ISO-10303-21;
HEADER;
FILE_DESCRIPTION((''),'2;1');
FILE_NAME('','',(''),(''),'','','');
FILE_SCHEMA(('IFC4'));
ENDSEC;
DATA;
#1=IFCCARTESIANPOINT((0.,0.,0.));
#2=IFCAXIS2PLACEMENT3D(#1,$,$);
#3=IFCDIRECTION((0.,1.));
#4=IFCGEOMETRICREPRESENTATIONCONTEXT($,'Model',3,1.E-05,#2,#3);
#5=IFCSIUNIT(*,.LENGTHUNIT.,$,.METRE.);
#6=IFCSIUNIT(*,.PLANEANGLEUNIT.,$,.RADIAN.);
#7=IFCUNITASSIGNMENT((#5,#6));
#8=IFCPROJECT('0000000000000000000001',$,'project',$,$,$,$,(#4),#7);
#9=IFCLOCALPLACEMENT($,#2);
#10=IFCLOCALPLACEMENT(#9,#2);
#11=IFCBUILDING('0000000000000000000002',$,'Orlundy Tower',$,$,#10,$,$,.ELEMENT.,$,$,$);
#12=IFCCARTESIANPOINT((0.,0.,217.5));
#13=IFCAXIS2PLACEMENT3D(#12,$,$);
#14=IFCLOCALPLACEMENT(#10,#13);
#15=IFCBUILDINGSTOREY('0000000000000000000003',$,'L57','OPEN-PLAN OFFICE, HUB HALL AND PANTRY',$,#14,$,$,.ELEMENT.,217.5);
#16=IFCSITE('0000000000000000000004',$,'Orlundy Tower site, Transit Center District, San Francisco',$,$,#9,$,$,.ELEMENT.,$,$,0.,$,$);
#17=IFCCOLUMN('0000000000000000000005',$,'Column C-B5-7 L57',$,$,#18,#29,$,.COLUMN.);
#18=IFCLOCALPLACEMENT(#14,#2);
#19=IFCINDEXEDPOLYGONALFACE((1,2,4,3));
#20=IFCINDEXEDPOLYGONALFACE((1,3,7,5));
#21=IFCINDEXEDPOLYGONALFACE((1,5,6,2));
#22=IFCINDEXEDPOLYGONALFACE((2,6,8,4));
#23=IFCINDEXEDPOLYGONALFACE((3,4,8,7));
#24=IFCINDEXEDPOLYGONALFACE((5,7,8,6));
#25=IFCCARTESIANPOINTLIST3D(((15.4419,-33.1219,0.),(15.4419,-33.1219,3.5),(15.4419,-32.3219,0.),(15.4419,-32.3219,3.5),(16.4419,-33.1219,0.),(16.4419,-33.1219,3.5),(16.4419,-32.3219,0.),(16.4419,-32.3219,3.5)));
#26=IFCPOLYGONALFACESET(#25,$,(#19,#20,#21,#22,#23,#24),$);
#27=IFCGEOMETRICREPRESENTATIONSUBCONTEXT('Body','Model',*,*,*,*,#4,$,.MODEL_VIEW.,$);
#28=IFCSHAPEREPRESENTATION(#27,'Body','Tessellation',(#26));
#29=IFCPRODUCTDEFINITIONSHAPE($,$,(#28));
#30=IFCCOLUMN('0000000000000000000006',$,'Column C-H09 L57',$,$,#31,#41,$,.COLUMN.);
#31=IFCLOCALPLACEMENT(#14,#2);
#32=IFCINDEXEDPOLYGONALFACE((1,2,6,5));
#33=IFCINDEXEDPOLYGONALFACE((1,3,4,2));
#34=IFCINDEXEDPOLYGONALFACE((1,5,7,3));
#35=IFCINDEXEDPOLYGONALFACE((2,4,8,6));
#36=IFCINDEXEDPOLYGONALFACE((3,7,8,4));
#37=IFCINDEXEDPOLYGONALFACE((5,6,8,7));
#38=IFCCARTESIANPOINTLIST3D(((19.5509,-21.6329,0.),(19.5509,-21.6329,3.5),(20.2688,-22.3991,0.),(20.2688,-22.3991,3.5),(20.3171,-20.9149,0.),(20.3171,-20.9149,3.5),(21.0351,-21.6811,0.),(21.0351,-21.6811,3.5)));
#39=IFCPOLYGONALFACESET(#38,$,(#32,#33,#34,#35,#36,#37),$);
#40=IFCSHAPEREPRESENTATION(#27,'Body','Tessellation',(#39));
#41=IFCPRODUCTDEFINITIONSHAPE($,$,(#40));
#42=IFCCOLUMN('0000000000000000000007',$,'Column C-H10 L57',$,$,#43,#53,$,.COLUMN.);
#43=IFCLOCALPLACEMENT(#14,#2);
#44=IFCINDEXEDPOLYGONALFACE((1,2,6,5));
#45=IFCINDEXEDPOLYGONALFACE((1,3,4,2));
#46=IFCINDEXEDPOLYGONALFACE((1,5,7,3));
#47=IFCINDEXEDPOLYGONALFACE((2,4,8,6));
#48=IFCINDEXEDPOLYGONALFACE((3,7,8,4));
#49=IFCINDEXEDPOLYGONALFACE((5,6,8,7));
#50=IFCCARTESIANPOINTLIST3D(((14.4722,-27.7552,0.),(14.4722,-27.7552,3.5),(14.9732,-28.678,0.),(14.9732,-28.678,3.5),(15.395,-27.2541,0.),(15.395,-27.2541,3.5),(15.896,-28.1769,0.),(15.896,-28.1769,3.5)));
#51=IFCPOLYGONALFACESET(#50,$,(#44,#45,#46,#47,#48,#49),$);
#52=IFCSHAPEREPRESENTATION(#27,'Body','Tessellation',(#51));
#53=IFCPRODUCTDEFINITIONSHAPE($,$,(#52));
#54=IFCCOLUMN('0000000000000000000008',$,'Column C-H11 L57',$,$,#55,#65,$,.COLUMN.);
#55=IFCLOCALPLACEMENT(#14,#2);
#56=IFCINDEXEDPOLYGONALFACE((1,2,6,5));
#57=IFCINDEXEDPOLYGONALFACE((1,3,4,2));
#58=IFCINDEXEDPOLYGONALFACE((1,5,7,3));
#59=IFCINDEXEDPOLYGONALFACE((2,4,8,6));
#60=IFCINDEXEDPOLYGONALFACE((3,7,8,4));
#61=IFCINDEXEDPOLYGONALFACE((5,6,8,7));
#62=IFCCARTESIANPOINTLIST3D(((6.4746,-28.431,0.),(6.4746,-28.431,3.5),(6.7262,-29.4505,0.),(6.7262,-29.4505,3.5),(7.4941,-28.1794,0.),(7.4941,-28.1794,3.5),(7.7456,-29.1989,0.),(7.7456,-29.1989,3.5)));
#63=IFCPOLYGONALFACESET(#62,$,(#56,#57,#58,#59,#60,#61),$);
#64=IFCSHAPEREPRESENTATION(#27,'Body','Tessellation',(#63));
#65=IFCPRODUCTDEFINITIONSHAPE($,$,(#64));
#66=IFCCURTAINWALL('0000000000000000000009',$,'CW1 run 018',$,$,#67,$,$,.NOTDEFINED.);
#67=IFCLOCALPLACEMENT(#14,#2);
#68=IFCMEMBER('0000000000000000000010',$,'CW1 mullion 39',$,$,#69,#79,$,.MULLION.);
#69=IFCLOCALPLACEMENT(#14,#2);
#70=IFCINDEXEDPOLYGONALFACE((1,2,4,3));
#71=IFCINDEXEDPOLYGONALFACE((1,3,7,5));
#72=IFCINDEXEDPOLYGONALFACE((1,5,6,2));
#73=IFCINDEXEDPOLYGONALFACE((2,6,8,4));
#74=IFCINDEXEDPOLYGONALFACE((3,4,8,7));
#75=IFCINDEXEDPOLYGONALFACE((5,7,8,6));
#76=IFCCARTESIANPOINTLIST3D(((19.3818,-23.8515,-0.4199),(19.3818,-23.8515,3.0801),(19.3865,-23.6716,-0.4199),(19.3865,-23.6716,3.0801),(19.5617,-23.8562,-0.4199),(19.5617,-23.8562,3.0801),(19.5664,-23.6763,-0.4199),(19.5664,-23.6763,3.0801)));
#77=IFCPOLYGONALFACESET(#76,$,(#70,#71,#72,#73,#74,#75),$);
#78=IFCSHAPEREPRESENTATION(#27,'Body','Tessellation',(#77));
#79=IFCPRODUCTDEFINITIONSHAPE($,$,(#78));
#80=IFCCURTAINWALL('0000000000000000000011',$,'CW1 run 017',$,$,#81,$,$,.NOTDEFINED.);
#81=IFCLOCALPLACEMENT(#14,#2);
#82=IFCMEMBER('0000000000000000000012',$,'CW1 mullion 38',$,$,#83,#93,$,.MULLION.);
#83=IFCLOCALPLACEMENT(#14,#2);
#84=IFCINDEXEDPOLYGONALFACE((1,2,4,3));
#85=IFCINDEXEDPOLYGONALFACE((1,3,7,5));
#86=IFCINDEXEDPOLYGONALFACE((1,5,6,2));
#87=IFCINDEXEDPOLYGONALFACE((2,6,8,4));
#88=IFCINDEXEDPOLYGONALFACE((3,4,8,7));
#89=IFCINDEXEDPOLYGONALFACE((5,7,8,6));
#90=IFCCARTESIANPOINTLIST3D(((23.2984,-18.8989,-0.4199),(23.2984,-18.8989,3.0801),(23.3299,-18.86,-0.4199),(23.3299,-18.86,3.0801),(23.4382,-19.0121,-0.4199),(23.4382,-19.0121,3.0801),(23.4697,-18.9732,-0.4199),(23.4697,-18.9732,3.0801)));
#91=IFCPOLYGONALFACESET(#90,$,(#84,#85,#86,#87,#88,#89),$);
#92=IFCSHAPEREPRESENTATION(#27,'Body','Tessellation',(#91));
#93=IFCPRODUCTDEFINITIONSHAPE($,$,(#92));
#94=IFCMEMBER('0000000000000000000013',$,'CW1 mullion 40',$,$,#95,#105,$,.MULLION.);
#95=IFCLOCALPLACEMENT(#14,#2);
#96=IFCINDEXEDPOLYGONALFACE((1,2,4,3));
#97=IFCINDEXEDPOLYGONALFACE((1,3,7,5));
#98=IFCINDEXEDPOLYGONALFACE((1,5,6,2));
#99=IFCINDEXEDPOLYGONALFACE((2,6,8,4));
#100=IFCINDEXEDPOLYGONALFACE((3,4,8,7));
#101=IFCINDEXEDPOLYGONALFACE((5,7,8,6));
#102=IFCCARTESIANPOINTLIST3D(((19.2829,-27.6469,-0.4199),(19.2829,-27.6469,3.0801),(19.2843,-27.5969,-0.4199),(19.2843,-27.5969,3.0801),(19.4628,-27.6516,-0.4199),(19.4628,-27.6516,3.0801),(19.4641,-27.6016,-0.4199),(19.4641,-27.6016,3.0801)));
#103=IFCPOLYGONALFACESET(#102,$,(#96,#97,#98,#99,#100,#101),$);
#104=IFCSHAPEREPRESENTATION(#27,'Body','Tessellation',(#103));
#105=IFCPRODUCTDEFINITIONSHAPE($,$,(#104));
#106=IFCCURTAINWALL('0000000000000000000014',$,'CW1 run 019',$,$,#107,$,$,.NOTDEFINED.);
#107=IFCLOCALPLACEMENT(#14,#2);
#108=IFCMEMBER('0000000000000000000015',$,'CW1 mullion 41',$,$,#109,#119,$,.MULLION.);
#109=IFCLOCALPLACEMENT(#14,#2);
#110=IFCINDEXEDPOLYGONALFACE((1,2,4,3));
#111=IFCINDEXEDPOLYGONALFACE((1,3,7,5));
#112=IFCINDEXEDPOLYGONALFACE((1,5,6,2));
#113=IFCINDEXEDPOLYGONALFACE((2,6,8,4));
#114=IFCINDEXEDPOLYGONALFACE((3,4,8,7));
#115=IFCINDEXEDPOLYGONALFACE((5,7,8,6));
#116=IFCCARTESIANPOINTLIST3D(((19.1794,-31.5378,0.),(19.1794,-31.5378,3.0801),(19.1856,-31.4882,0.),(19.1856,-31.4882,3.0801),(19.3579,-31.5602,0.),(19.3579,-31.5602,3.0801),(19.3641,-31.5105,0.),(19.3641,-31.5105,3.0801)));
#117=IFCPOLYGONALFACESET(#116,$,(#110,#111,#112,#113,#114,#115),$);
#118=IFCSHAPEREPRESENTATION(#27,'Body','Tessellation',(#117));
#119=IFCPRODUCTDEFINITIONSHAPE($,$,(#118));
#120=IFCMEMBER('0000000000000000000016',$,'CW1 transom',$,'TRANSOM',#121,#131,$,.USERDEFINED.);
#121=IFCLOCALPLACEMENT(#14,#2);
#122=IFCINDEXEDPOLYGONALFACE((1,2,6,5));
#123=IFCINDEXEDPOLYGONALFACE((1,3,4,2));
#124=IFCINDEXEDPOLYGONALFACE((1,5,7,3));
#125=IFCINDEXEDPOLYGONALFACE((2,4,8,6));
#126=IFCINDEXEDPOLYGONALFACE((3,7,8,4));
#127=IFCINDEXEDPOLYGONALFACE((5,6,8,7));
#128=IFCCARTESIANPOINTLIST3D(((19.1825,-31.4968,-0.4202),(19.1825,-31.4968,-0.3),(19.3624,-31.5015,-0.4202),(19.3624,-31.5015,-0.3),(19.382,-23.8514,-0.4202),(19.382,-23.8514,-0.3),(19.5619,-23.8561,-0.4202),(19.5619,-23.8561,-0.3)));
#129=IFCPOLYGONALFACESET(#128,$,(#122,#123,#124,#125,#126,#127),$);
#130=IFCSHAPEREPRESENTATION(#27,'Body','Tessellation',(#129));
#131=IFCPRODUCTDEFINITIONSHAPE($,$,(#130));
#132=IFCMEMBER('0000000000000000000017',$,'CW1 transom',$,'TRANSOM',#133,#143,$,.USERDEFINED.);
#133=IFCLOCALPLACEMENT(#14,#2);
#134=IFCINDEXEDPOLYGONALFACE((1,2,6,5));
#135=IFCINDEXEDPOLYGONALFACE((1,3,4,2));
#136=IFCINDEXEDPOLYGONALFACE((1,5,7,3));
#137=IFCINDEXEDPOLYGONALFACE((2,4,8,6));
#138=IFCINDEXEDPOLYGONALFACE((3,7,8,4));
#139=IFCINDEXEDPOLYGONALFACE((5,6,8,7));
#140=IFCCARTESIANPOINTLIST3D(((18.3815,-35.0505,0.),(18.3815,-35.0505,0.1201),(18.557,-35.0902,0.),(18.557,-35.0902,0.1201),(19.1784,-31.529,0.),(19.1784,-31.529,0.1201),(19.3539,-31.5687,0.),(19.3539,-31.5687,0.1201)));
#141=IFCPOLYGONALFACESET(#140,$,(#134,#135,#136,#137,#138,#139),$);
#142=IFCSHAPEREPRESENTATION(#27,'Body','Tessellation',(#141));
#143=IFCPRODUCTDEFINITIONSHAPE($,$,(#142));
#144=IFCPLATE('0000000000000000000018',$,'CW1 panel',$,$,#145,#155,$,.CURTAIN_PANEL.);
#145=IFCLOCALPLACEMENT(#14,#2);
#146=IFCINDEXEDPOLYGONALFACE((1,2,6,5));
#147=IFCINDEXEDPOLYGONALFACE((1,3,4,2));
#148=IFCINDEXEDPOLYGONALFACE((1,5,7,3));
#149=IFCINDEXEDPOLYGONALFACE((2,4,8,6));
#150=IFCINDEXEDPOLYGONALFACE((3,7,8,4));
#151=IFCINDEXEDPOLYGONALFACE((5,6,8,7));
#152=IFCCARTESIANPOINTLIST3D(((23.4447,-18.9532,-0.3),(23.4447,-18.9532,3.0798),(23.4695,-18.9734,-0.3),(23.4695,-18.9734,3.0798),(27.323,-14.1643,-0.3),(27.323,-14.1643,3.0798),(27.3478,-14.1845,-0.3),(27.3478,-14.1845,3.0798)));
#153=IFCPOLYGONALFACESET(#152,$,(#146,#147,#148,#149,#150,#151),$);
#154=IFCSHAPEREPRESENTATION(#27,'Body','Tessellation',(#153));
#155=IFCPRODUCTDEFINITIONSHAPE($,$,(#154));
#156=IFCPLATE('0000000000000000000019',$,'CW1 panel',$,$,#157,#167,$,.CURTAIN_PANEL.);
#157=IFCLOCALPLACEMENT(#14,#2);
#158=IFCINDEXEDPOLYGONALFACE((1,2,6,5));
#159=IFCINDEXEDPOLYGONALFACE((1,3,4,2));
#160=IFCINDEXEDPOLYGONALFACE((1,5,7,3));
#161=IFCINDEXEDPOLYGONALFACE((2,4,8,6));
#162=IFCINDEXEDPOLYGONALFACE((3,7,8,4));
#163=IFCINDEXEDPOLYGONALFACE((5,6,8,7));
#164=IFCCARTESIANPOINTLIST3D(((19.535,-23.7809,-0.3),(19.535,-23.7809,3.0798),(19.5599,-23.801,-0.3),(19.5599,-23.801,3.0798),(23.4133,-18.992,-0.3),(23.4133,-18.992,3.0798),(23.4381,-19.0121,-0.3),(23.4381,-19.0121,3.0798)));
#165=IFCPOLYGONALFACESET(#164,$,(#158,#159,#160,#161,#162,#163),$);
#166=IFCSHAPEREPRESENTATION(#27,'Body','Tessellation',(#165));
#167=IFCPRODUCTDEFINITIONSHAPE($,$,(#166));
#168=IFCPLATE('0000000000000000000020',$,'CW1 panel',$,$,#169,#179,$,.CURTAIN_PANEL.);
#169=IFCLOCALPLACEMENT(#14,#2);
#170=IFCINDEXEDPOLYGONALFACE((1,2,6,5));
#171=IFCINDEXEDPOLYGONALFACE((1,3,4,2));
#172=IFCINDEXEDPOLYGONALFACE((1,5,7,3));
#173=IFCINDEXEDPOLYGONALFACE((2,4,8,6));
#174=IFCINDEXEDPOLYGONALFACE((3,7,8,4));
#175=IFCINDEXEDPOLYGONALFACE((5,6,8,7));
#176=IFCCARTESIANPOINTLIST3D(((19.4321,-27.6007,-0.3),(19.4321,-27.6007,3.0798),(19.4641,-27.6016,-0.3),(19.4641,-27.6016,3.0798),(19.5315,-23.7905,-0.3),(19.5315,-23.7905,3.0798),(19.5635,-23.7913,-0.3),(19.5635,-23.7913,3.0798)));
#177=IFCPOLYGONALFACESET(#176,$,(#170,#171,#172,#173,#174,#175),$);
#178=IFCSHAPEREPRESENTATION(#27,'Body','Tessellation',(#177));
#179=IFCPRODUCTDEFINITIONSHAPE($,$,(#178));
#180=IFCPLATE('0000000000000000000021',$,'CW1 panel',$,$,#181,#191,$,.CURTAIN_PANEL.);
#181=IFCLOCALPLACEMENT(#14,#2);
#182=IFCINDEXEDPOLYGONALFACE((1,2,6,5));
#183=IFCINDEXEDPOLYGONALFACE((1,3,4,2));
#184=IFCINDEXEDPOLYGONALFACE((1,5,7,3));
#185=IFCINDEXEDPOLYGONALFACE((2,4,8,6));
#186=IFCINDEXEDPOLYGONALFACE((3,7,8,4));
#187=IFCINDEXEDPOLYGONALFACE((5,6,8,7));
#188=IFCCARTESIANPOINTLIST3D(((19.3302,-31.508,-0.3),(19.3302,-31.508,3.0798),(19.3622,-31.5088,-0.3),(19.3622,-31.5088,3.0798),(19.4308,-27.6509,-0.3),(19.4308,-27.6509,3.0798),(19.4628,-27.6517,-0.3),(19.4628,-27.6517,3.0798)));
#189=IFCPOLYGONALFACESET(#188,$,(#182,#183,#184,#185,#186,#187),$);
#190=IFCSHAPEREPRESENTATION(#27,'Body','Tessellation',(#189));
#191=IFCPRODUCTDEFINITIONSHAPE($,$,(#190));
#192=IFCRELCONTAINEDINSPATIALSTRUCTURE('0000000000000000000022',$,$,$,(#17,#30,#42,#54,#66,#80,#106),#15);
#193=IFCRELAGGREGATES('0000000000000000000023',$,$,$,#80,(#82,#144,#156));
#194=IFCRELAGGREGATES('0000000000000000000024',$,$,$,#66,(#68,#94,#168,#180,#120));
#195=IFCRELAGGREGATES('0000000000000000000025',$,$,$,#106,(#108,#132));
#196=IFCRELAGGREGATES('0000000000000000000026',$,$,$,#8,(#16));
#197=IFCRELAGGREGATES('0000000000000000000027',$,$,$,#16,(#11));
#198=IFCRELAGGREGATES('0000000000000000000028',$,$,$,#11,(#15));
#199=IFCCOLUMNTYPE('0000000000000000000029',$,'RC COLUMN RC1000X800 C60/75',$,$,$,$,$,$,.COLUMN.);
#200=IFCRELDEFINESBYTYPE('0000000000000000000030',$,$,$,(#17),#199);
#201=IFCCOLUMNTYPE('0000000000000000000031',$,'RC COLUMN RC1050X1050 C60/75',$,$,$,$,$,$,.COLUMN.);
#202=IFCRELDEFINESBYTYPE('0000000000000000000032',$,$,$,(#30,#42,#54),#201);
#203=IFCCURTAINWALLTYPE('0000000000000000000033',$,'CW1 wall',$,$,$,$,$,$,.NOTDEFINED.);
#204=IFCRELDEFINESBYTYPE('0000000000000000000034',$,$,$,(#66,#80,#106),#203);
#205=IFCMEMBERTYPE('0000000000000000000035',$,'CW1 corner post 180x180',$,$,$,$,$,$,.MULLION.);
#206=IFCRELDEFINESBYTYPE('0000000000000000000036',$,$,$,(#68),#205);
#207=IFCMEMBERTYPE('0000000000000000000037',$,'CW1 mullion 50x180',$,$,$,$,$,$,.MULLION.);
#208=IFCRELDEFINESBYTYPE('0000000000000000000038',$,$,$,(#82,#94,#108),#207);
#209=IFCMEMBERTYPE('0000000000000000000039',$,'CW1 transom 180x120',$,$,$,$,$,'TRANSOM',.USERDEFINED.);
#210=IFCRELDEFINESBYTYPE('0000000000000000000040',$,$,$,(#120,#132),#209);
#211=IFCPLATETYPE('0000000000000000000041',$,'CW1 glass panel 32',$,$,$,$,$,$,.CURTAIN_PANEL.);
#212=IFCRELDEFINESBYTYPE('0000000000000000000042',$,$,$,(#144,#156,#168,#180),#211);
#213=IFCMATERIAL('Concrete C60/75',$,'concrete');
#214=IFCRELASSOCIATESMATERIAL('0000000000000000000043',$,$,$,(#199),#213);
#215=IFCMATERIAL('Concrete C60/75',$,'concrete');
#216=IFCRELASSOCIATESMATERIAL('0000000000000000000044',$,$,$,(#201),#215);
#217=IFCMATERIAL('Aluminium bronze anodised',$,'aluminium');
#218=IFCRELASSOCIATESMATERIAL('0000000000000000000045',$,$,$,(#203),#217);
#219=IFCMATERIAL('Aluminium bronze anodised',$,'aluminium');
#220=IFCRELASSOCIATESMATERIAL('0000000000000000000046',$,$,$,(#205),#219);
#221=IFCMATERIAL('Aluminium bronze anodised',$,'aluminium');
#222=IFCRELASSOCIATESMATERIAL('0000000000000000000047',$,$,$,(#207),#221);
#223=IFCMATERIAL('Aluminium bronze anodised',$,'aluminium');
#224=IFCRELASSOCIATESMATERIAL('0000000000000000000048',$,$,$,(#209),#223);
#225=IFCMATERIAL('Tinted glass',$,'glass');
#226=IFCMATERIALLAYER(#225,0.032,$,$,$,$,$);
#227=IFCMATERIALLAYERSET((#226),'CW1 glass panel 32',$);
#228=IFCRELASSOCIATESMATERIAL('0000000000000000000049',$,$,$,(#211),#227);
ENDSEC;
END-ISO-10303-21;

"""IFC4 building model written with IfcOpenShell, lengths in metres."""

from ifc_helpers import new_model, si_unit, direction, frame, origin, origin_2d, place, context, subcontext, project, spatial, rectangle, extrude, material, layer, layer_set, material_profile, profile_set, type_object, element, aggregate, save


model = new_model("IFC4")

# Units and contexts
model_context = context("Model", 3, precision=1e-05, world=origin(), true_north=direction((0.0, 1.0)))
body_context = subcontext(model_context, "Body", "Model", "MODEL_VIEW")
ifc_project = project(units=[si_unit("LENGTHUNIT", "METRE"), si_unit("PLANEANGLEUNIT", "RADIAN")], contexts=[model_context])

# Site, building, storey
site_placement = place(None, origin())
site = spatial("IfcSite", under=ifc_project, at=site_placement, Name="Orlundy Tower site, Transit Center District, San Francisco", CompositionType="ELEMENT", RefElevation=0.0)
building_placement = place(site_placement, origin())
building = spatial("IfcBuilding", under=site, at=building_placement, Name="Orlundy Tower", CompositionType="ELEMENT")
storey_placement = place(building_placement, frame((0.0, 0.0, 217.5)))
storey = spatial("IfcBuildingStorey", under=building, at=storey_placement, Name="L57", Description="OPEN-PLAN OFFICE, HUB HALL AND PANTRY", CompositionType="ELEMENT", Elevation=217.5)

# Columns
ifc_material_1 = material(Name="Concrete C60/75", Category="concrete")
ifc_material_profile_1 = material_profile(ifc_material_1, rectangle(XDim=1.0, YDim=0.8, at=origin_2d()), Name="RC1000X800")
ifc_profile_set_1 = profile_set([ifc_material_profile_1], Name="Concrete C60/75")
column_type_1 = type_object("IfcColumnType", Name="RC COLUMN RC1000X800 C60/75", PredefinedType="COLUMN", material=ifc_profile_set_1)
column_placement = place(storey_placement, frame((15.9419, -32.7219, 0.0), z_axis=(0.0, 0.0, 1.0), x_axis=(1.0, 0.0, 0.0)))
element("IfcColumn", 1, at=column_placement, inside=storey, type_object=column_type_1, Name="Column C-B5-7 L57", PredefinedType="COLUMN", context=body_context, shape_type="SweptSolid", body=[
    extrude(rectangle(XDim=1.0, YDim=0.8, at=origin_2d()), origin(), (0.0, 0.0, 1.0), 3.5),
])
ifc_material_2 = material(Name="Concrete C60/75", Category="concrete")
ifc_material_profile_2 = material_profile(ifc_material_2, rectangle(XDim=1.05, YDim=1.05, at=origin_2d()), Name="RC1050X1050")
ifc_profile_set_2 = profile_set([ifc_material_profile_2], Name="Concrete C60/75")
column_type_2 = type_object("IfcColumnType", Name="RC COLUMN RC1050X1050 C60/75", PredefinedType="COLUMN", material=ifc_profile_set_2)
for number, where, z_axis, x_axis, name in (
    (2, (20.293, -21.657, 0.0), (0.0, 0.0, 1.0), (0.683758, -0.729709, 0.0), "Column C-H09 L57"),
    (3, (15.1841, -27.9661, 0.0), (0.0, 0.0, 1.0), (0.477159, -0.878817, 0.0), "Column C-H10 L57"),
    (4, (7.1101, -28.8149, 0.0), (0.0, 0.0, 1.0), (0.239567, -0.97088, 0.0), "Column C-H11 L57"),
):
    element("IfcColumn", number, at=place(storey_placement, frame(where, z_axis=z_axis, x_axis=x_axis)), inside=storey, type_object=column_type_2, Name=name, PredefinedType="COLUMN", context=body_context, shape_type="SweptSolid", body=[
        extrude(rectangle(XDim=1.05, YDim=1.05, at=origin_2d()), origin(), (0.0, 0.0, 1.0), 3.5),
    ])

# Curtain walls, members
ifc_material_3 = material(Name="Aluminium bronze anodised", Category="aluminium")
curtain_wall_type = type_object("IfcCurtainWallType", Name="CW1 wall", PredefinedType="NOTDEFINED", material=ifc_material_3)
curtain_wall_1_placement = place(storey_placement, origin())
curtain_wall_1 = element("IfcCurtainWall", 5, at=curtain_wall_1_placement, inside=storey, type_object=curtain_wall_type, Name="CW1 run 018", PredefinedType="NOTDEFINED")
ifc_material_4 = material(Name="Aluminium bronze anodised", Category="aluminium")
ifc_material_profile_3 = material_profile(ifc_material_4, rectangle(XDim=0.1799, YDim=0.1799, at=origin_2d()), Name="CW1 corner post 180x180")
ifc_profile_set_3 = profile_set([ifc_material_profile_3], Name="Aluminium bronze anodised")
member_type_1 = type_object("IfcMemberType", Name="CW1 corner post 180x180", PredefinedType="MULLION", material=ifc_profile_set_3)
member_1_placement = place(storey_placement, frame((19.4741, -23.7639, -0.4199), z_axis=(0.0, 0.0, 1.0), x_axis=(0.99966, -0.026077, 0.0)))
member_1 = element("IfcMember", 6, at=member_1_placement, type_object=member_type_1, Name="CW1 mullion 39", PredefinedType="MULLION", context=body_context, shape_type="SweptSolid", body=[
    extrude(rectangle(XDim=0.1799, YDim=0.1799, at=origin_2d()), origin(), (0.0, 0.0, 1.0), 3.5),
])
curtain_wall_2_placement = place(storey_placement, origin())
curtain_wall_2 = element("IfcCurtainWall", 7, at=curtain_wall_2_placement, inside=storey, type_object=curtain_wall_type, Name="CW1 run 017", PredefinedType="NOTDEFINED")
ifc_material_5 = material(Name="Aluminium bronze anodised", Category="aluminium")
ifc_material_profile_4 = material_profile(ifc_material_5, rectangle(XDim=0.1799, YDim=0.05, at=origin_2d()), Name="CW1 mullion 50x180")
ifc_profile_set_4 = profile_set([ifc_material_profile_4], Name="Aluminium bronze anodised")
member_type_2 = type_object("IfcMemberType", Name="CW1 mullion 50x180", PredefinedType="MULLION", material=ifc_profile_set_4)
member_2_placement = place(storey_placement, frame((23.384, -18.936, -0.4199), z_axis=(0.0, 0.0, 1.0), x_axis=(0.77712, -0.629353, 0.0)))
member_2 = element("IfcMember", 8, at=member_2_placement, type_object=member_type_2, Name="CW1 mullion 38", PredefinedType="MULLION", context=body_context, shape_type="SweptSolid", body=[
    extrude(rectangle(XDim=0.1799, YDim=0.05, at=origin_2d()), origin(), (0.0, 0.0, 1.0), 3.5),
])

# Member
member_3_placement = place(storey_placement, frame((19.3735, -27.6243, -0.4199), z_axis=(0.0, 0.0, 1.0), x_axis=(0.99966, -0.026077, 0.0)))
member_3 = element("IfcMember", 9, at=member_3_placement, type_object=member_type_2, Name="CW1 mullion 40", PredefinedType="MULLION", context=body_context, shape_type="SweptSolid", body=[
    extrude(rectangle(XDim=0.1799, YDim=0.05, at=origin_2d()), origin(), (0.0, 0.0, 1.0), 3.5),
])

# Curtain wall, member
curtain_wall_3_placement = place(storey_placement, origin())
curtain_wall_3 = element("IfcCurtainWall", 10, at=curtain_wall_3_placement, inside=storey, type_object=curtain_wall_type, Name="CW1 run 019", PredefinedType="NOTDEFINED")
member_4_placement = place(storey_placement, frame((19.2717, -31.5242, 0.0), z_axis=(0.0, 0.0, 1.0), x_axis=(0.992284, -0.123986, 0.0)))
member_4 = element("IfcMember", 11, at=member_4_placement, type_object=member_type_2, Name="CW1 mullion 41", PredefinedType="MULLION", context=body_context, shape_type="SweptSolid", body=[
    extrude(rectangle(XDim=0.1799, YDim=0.05, at=origin_2d()), origin(), (0.0, 0.0, 1.0), 3.0801),
])

# Members
ifc_material_6 = material(Name="Aluminium bronze anodised", Category="aluminium")
ifc_material_profile_5 = material_profile(ifc_material_6, rectangle(XDim=0.1799, YDim=0.1201, at=origin_2d()), Name="CW1 transom 180x120")
ifc_profile_set_5 = profile_set([ifc_material_profile_5], Name="Aluminium bronze anodised")
member_type_3 = type_object("IfcMemberType", Name="CW1 transom 180x120", ElementType="TRANSOM", PredefinedType="USERDEFINED", material=ifc_profile_set_5)
member_5_placement = place(storey_placement, frame((19.4719, -23.8538, -0.3601), z_axis=(-0.026081, -0.99966, 0.0), x_axis=(0.99966, -0.026081, 0.0)))
member_5 = element("IfcMember", 12, at=member_5_placement, type_object=member_type_3, Name="CW1 transom", ObjectType="TRANSOM", PredefinedType="USERDEFINED", context=body_context, shape_type="SweptSolid", body=[
    extrude(rectangle(XDim=0.1799, YDim=0.1201, at=origin_2d()), origin(), (0.0, 0.0, 1.0), 7.6479),
])
member_6_placement = place(storey_placement, frame((19.2661, -31.5488, 0.0601), z_axis=(-0.220709, -0.97534, 0.0), x_axis=(0.97534, -0.220709, 0.0)))
member_6 = element("IfcMember", 13, at=member_6_placement, type_object=member_type_3, Name="CW1 transom", ObjectType="TRANSOM", PredefinedType="USERDEFINED", context=body_context, shape_type="SweptSolid", body=[
    extrude(rectangle(XDim=0.1799, YDim=0.1201, at=origin_2d()), origin(), (0.0, 0.0, 1.0), 3.6106),
])

# Plates
ifc_material_7 = material(Name="Tinted glass", Category="glass")
ifc_layer_1 = layer(ifc_material_7, 0.032)
ifc_layer_set_1 = layer_set([ifc_layer_1], Name="CW1 glass panel 32")
plate_type = type_object("IfcPlateType", Name="CW1 glass panel 32", PredefinedType="CURTAIN_PANEL", material=ifc_layer_set_1)
plate_1_placement = place(storey_placement, frame((25.3962, -16.5688, -0.3), z_axis=(0.0, 0.0, 1.0), x_axis=(-0.629353, -0.77712, 0.0)))
plate_1 = element("IfcPlate", 14, at=plate_1_placement, type_object=plate_type, Name="CW1 panel", PredefinedType="CURTAIN_PANEL", context=body_context, shape_type="SweptSolid", body=[
    extrude(rectangle(XDim=6.1624, YDim=0.032, at=origin_2d()), origin(), (0.0, 0.0, 1.0), 3.3799),
])
plate_2_placement = place(storey_placement, frame((21.4866, -21.3965, -0.3), z_axis=(0.0, 0.0, 1.0), x_axis=(-0.629353, -0.77712, 0.0)))
plate_2 = element("IfcPlate", 15, at=plate_2_placement, type_object=plate_type, Name="CW1 panel", PredefinedType="CURTAIN_PANEL", context=body_context, shape_type="SweptSolid", body=[
    extrude(rectangle(XDim=6.1624, YDim=0.032, at=origin_2d()), origin(), (0.0, 0.0, 1.0), 3.3799),
])
aggregate(curtain_wall_2, [member_2, plate_1, plate_2])
plate_3_placement = place(storey_placement, frame((19.4978, -25.696, -0.3), z_axis=(0.0, 0.0, 1.0), x_axis=(-0.026077, -0.99966, 0.0)))
plate_3 = element("IfcPlate", 16, at=plate_3_placement, type_object=plate_type, Name="CW1 panel", PredefinedType="CURTAIN_PANEL", context=body_context, shape_type="SweptSolid", body=[
    extrude(rectangle(XDim=3.8115, YDim=0.032, at=origin_2d()), origin(), (0.0, 0.0, 1.0), 3.3799),
])
plate_4_placement = place(storey_placement, frame((19.3965, -29.5798, -0.3), z_axis=(0.0, 0.0, 1.0), x_axis=(-0.026077, -0.99966, 0.0)))
plate_4 = element("IfcPlate", 17, at=plate_4_placement, type_object=plate_type, Name="CW1 panel", PredefinedType="CURTAIN_PANEL", context=body_context, shape_type="SweptSolid", body=[
    extrude(rectangle(XDim=3.8584, YDim=0.032, at=origin_2d()), origin(), (0.0, 0.0, 1.0), 3.3799),
])
aggregate(curtain_wall_1, [member_1, member_3, plate_3, plate_4, member_5])
aggregate(curtain_wall_3, [member_4, member_6])

save(model, "model.ifc")
